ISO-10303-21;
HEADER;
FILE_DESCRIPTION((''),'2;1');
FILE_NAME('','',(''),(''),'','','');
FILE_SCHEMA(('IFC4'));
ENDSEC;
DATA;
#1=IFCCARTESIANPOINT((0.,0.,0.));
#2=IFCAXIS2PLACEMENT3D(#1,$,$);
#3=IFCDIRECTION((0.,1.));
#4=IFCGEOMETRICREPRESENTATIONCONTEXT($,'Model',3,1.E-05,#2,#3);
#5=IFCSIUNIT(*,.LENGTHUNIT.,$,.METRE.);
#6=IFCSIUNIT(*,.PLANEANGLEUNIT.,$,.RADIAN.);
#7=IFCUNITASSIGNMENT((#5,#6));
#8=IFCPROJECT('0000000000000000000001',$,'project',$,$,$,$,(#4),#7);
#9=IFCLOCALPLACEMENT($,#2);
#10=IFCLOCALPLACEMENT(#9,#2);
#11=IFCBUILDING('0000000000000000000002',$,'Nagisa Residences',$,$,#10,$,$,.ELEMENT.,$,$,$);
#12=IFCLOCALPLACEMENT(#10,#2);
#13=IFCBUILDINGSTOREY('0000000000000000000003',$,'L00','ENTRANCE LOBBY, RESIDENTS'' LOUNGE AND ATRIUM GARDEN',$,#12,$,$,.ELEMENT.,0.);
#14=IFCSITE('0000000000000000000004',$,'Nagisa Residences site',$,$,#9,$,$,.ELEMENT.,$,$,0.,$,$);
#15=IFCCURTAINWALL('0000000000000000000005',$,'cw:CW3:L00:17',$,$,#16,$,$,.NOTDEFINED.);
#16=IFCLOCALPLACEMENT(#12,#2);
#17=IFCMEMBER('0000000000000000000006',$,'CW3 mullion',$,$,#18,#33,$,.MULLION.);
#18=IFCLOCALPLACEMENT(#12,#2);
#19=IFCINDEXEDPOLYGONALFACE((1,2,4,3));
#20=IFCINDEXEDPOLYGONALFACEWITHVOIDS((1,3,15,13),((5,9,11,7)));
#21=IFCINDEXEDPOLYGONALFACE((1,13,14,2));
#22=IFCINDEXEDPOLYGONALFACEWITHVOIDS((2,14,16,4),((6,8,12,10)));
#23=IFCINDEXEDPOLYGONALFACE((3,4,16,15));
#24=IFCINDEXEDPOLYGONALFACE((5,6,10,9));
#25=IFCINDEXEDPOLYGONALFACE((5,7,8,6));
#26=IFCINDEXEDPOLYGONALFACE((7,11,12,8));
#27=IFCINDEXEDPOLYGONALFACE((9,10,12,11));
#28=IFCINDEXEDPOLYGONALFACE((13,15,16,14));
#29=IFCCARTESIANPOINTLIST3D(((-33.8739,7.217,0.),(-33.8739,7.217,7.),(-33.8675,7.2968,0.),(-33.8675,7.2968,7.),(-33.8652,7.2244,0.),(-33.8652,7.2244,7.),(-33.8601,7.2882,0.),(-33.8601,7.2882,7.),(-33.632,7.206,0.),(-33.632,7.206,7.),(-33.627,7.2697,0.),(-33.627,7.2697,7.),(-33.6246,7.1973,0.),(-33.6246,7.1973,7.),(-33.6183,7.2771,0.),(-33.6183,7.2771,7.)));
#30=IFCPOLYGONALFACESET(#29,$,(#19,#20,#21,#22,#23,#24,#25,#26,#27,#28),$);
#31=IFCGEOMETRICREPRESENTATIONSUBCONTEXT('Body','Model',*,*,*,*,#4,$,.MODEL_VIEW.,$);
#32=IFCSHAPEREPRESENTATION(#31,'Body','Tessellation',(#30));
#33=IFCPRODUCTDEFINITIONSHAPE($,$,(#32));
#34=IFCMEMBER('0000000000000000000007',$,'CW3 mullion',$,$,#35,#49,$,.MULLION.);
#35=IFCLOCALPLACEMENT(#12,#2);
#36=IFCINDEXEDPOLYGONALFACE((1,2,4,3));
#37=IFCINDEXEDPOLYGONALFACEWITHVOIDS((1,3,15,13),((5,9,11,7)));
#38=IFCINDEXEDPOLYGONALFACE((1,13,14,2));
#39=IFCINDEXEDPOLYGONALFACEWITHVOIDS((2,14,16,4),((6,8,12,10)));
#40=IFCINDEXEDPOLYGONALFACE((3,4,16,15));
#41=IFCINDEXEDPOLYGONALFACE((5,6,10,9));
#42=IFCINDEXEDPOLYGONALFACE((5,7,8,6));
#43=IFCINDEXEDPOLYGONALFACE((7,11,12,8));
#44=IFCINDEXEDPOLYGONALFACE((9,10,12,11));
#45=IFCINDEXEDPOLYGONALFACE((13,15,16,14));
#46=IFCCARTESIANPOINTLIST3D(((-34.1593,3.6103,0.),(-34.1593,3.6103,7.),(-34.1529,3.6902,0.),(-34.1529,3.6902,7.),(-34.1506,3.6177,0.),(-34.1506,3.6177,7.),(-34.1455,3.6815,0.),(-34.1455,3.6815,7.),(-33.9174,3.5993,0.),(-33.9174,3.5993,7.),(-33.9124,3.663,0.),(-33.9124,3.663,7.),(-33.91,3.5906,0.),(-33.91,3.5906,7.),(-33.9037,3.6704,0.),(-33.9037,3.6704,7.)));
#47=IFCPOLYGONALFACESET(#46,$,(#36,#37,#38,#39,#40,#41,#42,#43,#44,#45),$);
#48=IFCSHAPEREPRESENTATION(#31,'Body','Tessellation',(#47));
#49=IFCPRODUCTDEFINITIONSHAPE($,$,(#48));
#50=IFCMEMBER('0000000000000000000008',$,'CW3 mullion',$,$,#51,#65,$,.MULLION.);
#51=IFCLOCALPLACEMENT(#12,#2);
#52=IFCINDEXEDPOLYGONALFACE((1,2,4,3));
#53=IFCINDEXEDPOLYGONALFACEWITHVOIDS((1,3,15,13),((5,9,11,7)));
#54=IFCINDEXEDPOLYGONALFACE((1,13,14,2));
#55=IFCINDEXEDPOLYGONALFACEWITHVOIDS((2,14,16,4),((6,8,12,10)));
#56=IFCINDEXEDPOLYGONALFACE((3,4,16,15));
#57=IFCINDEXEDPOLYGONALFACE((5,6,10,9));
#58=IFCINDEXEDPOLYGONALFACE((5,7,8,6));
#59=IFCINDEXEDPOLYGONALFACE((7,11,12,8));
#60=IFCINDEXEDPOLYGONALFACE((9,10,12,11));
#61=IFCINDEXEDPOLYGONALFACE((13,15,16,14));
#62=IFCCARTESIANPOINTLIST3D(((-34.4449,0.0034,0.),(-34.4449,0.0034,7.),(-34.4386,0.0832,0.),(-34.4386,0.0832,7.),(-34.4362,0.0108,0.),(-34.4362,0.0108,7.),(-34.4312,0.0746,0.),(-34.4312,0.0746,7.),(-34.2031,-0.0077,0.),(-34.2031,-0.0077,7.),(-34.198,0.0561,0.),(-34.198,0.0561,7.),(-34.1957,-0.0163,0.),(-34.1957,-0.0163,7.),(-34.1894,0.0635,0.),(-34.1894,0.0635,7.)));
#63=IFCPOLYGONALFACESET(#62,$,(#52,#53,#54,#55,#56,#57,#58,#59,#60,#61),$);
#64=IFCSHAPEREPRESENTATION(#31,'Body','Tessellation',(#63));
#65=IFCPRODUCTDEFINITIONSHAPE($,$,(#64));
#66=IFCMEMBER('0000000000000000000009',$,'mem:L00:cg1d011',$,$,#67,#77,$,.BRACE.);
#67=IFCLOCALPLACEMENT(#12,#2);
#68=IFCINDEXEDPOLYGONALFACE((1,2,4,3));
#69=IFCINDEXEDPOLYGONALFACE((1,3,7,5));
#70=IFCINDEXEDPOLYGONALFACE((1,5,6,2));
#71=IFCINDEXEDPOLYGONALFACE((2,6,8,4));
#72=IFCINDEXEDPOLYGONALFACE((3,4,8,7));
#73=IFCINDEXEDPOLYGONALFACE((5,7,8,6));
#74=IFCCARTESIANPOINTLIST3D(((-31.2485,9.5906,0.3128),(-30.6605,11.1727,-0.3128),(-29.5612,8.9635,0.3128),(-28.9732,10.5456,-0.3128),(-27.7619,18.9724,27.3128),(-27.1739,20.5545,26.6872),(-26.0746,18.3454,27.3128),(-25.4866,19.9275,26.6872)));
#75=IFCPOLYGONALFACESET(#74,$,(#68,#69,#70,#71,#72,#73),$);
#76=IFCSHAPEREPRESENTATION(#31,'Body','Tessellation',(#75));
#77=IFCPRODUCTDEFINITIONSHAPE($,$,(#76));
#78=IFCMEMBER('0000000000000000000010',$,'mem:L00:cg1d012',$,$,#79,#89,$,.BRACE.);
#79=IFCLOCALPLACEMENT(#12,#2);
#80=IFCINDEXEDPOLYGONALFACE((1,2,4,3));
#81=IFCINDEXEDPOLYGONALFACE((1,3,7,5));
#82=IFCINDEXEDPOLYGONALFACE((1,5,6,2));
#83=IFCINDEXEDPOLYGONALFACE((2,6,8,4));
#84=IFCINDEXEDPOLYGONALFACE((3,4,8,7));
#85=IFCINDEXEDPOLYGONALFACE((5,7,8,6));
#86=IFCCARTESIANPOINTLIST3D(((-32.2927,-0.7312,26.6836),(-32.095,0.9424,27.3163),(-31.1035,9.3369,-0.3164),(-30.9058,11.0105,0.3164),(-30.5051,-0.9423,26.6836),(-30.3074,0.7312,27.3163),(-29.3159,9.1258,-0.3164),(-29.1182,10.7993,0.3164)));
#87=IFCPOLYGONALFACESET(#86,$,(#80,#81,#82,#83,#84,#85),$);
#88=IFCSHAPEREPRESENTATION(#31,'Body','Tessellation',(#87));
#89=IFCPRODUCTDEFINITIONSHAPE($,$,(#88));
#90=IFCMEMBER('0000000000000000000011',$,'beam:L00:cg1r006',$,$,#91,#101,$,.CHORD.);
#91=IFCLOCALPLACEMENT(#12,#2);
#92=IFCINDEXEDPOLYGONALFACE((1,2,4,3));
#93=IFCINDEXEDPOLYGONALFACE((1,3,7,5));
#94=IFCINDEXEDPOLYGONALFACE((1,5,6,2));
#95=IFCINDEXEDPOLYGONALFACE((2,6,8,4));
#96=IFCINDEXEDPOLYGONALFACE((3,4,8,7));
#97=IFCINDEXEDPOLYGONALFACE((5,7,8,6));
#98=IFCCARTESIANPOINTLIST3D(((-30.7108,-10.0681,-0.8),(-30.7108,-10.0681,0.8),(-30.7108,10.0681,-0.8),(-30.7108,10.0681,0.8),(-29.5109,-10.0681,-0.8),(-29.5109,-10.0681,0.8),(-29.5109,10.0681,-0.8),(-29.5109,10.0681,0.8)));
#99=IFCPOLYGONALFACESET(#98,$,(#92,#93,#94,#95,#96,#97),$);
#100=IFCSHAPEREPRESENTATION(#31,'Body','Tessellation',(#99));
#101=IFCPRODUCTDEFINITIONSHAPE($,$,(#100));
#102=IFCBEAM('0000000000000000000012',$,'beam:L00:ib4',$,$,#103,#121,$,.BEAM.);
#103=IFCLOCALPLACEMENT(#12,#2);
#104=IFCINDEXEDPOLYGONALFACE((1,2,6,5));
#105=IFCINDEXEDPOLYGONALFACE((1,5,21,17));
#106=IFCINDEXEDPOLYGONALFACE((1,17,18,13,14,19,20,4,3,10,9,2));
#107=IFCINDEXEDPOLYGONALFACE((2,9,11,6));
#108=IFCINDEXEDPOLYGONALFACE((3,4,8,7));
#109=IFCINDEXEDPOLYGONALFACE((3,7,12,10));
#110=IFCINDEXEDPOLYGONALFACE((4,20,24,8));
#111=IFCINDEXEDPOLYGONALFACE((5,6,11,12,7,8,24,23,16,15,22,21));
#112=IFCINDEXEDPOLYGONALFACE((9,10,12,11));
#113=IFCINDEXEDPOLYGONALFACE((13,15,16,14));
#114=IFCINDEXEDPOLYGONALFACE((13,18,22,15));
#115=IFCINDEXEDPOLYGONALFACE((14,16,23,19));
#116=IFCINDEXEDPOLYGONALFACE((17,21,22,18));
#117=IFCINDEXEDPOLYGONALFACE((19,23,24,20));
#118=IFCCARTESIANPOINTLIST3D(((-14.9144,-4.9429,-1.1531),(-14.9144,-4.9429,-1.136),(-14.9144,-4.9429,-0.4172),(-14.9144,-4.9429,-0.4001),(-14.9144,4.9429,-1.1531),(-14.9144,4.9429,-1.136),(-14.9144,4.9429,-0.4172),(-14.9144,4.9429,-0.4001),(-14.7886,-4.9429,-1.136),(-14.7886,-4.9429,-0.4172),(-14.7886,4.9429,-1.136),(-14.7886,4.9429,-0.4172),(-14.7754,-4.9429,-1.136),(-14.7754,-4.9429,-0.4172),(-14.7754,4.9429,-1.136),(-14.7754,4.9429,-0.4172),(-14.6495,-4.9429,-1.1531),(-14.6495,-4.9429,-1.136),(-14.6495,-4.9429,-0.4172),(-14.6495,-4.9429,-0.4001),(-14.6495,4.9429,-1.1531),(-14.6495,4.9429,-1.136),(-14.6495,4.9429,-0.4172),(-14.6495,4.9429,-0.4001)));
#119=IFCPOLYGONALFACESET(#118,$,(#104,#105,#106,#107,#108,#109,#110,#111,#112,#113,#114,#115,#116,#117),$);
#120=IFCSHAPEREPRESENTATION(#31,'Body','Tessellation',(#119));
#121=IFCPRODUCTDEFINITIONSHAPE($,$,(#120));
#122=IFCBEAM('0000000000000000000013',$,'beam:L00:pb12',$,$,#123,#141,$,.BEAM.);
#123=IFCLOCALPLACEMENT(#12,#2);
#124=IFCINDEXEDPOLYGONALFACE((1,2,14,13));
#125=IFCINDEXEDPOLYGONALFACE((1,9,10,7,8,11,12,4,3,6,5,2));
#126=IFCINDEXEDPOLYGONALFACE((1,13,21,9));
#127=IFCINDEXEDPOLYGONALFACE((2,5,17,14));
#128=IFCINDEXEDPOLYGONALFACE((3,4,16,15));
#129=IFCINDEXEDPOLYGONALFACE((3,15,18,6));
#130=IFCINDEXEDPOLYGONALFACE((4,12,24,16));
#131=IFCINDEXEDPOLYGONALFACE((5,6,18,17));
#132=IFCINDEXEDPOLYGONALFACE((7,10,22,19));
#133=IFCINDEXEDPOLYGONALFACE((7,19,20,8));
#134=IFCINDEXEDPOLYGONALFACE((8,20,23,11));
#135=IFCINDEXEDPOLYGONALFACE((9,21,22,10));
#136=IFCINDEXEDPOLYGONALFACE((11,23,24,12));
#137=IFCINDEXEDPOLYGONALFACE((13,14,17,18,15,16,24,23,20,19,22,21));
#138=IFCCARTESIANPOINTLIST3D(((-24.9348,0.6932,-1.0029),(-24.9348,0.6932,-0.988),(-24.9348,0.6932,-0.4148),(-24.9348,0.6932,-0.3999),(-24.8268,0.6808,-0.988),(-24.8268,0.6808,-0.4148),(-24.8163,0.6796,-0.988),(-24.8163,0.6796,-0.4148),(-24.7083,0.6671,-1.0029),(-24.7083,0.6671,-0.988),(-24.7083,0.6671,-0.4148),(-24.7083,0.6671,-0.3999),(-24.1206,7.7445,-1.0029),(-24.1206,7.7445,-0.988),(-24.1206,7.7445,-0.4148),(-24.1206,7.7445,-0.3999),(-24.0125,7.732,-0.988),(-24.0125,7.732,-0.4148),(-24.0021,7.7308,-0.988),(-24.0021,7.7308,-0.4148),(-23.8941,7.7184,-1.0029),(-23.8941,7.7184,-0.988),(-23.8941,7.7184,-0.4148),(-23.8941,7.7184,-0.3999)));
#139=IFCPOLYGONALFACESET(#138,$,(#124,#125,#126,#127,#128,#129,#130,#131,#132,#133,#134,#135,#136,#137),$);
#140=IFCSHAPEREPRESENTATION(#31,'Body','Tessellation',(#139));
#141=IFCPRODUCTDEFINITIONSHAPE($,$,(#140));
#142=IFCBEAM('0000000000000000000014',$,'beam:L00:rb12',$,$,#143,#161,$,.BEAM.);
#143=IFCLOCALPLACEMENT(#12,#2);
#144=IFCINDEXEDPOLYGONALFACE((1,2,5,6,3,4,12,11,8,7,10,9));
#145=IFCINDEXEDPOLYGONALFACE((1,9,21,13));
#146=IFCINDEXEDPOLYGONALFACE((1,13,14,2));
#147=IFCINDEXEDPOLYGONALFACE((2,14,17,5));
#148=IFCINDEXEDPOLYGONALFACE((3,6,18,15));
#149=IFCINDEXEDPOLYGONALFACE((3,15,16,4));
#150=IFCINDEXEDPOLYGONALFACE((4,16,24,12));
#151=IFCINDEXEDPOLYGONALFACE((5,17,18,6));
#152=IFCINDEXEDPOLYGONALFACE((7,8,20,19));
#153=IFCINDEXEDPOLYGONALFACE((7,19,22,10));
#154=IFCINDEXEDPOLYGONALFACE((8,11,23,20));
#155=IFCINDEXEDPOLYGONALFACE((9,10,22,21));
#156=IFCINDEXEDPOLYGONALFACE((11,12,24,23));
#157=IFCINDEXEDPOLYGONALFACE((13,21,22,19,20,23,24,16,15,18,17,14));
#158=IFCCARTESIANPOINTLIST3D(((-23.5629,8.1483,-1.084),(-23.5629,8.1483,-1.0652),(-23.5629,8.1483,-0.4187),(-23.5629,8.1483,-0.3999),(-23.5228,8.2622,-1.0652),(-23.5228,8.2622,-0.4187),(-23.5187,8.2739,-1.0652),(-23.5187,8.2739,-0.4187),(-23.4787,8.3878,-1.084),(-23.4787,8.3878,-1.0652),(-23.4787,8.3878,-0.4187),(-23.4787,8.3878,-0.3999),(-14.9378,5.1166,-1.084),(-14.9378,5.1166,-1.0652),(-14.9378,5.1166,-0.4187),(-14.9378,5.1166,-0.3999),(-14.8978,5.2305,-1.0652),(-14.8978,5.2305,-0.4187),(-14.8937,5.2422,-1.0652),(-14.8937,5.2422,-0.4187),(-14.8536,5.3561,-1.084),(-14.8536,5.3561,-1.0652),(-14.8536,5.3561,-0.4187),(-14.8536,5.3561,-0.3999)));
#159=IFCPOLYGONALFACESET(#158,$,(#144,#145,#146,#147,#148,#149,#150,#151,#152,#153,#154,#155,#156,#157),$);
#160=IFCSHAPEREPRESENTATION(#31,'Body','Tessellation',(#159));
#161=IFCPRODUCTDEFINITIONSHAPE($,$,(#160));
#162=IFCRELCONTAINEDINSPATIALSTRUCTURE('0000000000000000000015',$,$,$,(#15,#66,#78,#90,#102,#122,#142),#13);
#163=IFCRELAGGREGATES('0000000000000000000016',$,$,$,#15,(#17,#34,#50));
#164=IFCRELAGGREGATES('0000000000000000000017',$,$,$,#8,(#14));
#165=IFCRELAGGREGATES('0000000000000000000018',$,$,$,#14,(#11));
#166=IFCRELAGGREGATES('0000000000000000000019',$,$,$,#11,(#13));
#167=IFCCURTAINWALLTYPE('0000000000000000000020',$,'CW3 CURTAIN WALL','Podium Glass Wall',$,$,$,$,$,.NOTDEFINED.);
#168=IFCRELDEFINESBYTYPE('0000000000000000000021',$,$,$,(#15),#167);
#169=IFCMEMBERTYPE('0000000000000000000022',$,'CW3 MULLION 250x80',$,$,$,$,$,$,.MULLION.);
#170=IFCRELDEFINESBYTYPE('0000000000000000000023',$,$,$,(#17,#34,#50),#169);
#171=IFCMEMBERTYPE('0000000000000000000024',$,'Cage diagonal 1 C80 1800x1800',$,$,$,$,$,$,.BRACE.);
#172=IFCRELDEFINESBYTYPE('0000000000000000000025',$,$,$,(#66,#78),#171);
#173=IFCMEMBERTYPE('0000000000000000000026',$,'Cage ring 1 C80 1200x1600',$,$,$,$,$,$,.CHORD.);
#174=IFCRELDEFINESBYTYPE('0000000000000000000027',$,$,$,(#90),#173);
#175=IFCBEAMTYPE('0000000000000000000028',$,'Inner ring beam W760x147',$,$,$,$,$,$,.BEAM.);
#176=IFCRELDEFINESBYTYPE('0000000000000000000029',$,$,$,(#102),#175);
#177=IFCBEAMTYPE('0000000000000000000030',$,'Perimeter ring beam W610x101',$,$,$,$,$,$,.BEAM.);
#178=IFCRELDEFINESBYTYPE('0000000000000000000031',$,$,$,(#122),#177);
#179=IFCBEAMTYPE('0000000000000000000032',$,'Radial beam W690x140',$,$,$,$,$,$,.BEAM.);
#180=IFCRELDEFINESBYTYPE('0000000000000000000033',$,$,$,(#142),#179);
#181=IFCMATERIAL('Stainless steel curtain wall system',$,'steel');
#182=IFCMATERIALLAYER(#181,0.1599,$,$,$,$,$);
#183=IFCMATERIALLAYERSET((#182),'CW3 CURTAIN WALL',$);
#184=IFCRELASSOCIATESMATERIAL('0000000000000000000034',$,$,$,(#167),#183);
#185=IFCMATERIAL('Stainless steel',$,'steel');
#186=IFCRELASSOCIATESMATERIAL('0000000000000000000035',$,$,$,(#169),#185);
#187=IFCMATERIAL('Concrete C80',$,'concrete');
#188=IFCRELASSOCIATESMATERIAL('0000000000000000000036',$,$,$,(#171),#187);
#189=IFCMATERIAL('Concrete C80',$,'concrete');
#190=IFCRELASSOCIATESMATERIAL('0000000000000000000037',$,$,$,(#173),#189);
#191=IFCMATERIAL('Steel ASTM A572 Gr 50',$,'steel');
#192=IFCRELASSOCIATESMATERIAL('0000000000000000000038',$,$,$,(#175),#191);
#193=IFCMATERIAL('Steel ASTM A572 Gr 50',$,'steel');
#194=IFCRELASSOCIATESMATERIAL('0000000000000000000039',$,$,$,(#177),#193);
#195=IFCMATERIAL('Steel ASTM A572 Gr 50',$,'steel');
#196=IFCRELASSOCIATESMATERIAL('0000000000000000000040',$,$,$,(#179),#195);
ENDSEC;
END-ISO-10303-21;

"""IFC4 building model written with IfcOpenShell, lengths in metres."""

from ifc_helpers import new_model, si_unit, direction, frame, origin, origin_2d, place, context, subcontext, project, spatial, rectangle, hollow_rectangle, i_section, extrude, material, layer, layer_set, material_profile, profile_set, type_object, element, aggregate, save


model = new_model("IFC4")

# Units and contexts
model_context = context("Model", 3, precision=1e-05, world=origin(), true_north=direction((0.0, 1.0)))
body_context = subcontext(model_context, "Body", "Model", "MODEL_VIEW")
ifc_project = project(units=[si_unit("LENGTHUNIT", "METRE"), si_unit("PLANEANGLEUNIT", "RADIAN")], contexts=[model_context])

# Site, building, storey
site_placement = place(None, origin())
site = spatial("IfcSite", under=ifc_project, at=site_placement, Name="Nagisa Residences site", CompositionType="ELEMENT", RefElevation=0.0)
building_placement = place(site_placement, origin())
building = spatial("IfcBuilding", under=site, at=building_placement, Name="Nagisa Residences", CompositionType="ELEMENT")
storey_placement = place(building_placement, origin())
storey = spatial("IfcBuildingStorey", under=building, at=storey_placement, Name="L00", Description="ENTRANCE LOBBY, RESIDENTS' LOUNGE AND ATRIUM GARDEN", CompositionType="ELEMENT", Elevation=0.0)

# Curtain wall, members
ifc_material_1 = material(Name="Stainless steel curtain wall system", Category="steel")
ifc_layer_1 = layer(ifc_material_1, 0.1599)
ifc_layer_set_1 = layer_set([ifc_layer_1], Name="CW3 CURTAIN WALL")
curtain_wall_type = type_object("IfcCurtainWallType", Name="CW3 CURTAIN WALL", Description="Podium Glass Wall", PredefinedType="NOTDEFINED", material=ifc_layer_set_1)
ifc_material_2 = material(Name="Stainless steel", Category="steel")
ifc_material_profile_1 = material_profile(ifc_material_2, hollow_rectangle(XDim=0.25, YDim=0.0801, WallThickness=0.0081, at=origin_2d()), Name="CW3 MULLION 250x80")
ifc_profile_set_1 = profile_set([ifc_material_profile_1], Name="Stainless steel")
member_type_1 = type_object("IfcMemberType", Name="CW3 MULLION 250x80", PredefinedType="MULLION", material=ifc_profile_set_1)
curtain_wall_1_placement = place(storey_placement, origin())
curtain_wall_1 = element("IfcCurtainWall", 1, at=curtain_wall_1_placement, inside=storey, type_object=curtain_wall_type, Name="cw:CW3:L00:17", PredefinedType="NOTDEFINED")
member_1_placement = place(storey_placement, frame((-33.7461, 7.2471, 0.0), z_axis=(0.0, 0.0, 1.0), x_axis=(0.996882, -0.07891, 0.0)))
member_1 = element("IfcMember", 2, at=member_1_placement, type_object=member_type_1, Name="CW3 mullion", PredefinedType="MULLION", context=body_context, shape_type="SweptSolid", body=[
    extrude(hollow_rectangle(XDim=0.25, YDim=0.0801, WallThickness=0.0081, at=origin_2d()), origin(), (0.0, 0.0, 1.0), 7.0),
])
member_2_placement = place(storey_placement, frame((-34.0315, 3.6404, 0.0), z_axis=(0.0, 0.0, 1.0), x_axis=(0.996882, -0.07891, 0.0)))
member_2 = element("IfcMember", 3, at=member_2_placement, type_object=member_type_1, Name="CW3 mullion", PredefinedType="MULLION", context=body_context, shape_type="SweptSolid", body=[
    extrude(hollow_rectangle(XDim=0.25, YDim=0.0801, WallThickness=0.0081, at=origin_2d()), origin(), (0.0, 0.0, 1.0), 7.0),
])
member_3_placement = place(storey_placement, frame((-34.3171, 0.0334, 0.0), z_axis=(0.0, 0.0, 1.0), x_axis=(0.996882, -0.07891, 0.0)))
member_3 = element("IfcMember", 4, at=member_3_placement, type_object=member_type_1, Name="CW3 mullion", PredefinedType="MULLION", context=body_context, shape_type="SweptSolid", body=[
    extrude(hollow_rectangle(XDim=0.25, YDim=0.0801, WallThickness=0.0081, at=origin_2d()), origin(), (0.0, 0.0, 1.0), 7.0),
])
aggregate(curtain_wall_1, [member_1, member_2, member_3])

# Members
ifc_material_3 = material(Name="Concrete C80", Category="concrete")
ifc_material_profile_2 = material_profile(ifc_material_3, rectangle(XDim=1.8, YDim=1.8, at=origin_2d()), Name="C80 1800x1800")
ifc_profile_set_2 = profile_set([ifc_material_profile_2], Name="Concrete C80")
member_type_2 = type_object("IfcMemberType", Name="Cage diagonal 1 C80 1800x1800", PredefinedType="BRACE", material=ifc_profile_set_2)
member_4_placement = place(storey_placement, frame((-30.1108, 10.0681, 0.0), z_axis=(0.121081, 0.32581, 0.93765), x_axis=(-0.937364, 0.348352, 0.0)))
element("IfcMember", 5, at=member_4_placement, inside=storey, type_object=member_type_2, Name="mem:L00:cg1d011", PredefinedType="BRACE", context=body_context, shape_type="SweptSolid", body=[
    extrude(rectangle(XDim=1.8, YDim=1.8, at=origin_2d()), origin(), (0.0, 0.0, 1.0), 28.7954),
])
member_5_placement = place(storey_placement, frame((-30.1108, 10.0681, 0.0), z_axis=(-0.041234, -0.349095, 0.93618), x_axis=(0.993096, -0.117301, 0.0)))
element("IfcMember", 6, at=member_5_placement, inside=storey, type_object=member_type_2, Name="mem:L00:cg1d012", PredefinedType="BRACE", context=body_context, shape_type="SweptSolid", body=[
    extrude(rectangle(XDim=1.8, YDim=1.8, at=origin_2d()), origin(), (0.0, 0.0, 1.0), 28.8406),
])
ifc_material_4 = material(Name="Concrete C80", Category="concrete")
ifc_material_profile_3 = material_profile(ifc_material_4, rectangle(XDim=1.2, YDim=1.6001, at=origin_2d()), Name="C80 1200x1600")
ifc_profile_set_3 = profile_set([ifc_material_profile_3], Name="Concrete C80")
member_type_3 = type_object("IfcMemberType", Name="Cage ring 1 C80 1200x1600", PredefinedType="CHORD", material=ifc_profile_set_3)
member_6_placement = place(storey_placement, frame((-30.1108, 10.0681, 0.0), z_axis=(0.0, -1.0, 0.0), x_axis=(1.0, 0.0, 0.0)))
element("IfcMember", 7, at=member_6_placement, inside=storey, type_object=member_type_3, Name="beam:L00:cg1r006", PredefinedType="CHORD", context=body_context, shape_type="SweptSolid", body=[
    extrude(rectangle(XDim=1.2, YDim=1.6001, at=origin_2d()), origin(), (0.0, 0.0, 1.0), 20.1362),
])

# Beams
ifc_material_5 = material(Name="Steel ASTM A572 Gr 50", Category="steel")
ifc_material_profile_4 = material_profile(ifc_material_5, i_section(OverallWidth=0.2649, OverallDepth=0.7529, WebThickness=0.0132, FlangeThickness=0.0171, at=origin_2d()), Name="W760x147")
ifc_profile_set_4 = profile_set([ifc_material_profile_4], Name="Steel ASTM A572 Gr 50")
beam_type_1 = type_object("IfcBeamType", Name="Inner ring beam W760x147", PredefinedType="BEAM", material=ifc_profile_set_4)
beam_1_placement = place(storey_placement, frame((-14.782, 4.9429, -0.7766), z_axis=(0.0, -1.0, 0.0), x_axis=(1.0, 0.0, 0.0)))
element("IfcBeam", 8, at=beam_1_placement, inside=storey, type_object=beam_type_1, Name="beam:L00:ib4", PredefinedType="BEAM", context=body_context, shape_type="SweptSolid", body=[
    extrude(i_section(OverallWidth=0.2649, OverallDepth=0.7529, WebThickness=0.0132, FlangeThickness=0.0171, at=origin_2d()), origin(), (0.0, 0.0, 1.0), 9.8857),
])
ifc_material_6 = material(Name="Steel ASTM A572 Gr 50", Category="steel")
ifc_material_profile_5 = material_profile(ifc_material_6, i_section(OverallWidth=0.228, OverallDepth=0.603, WebThickness=0.0105, FlangeThickness=0.0149, at=origin_2d()), Name="W610x101")
ifc_profile_set_5 = profile_set([ifc_material_profile_5], Name="Steel ASTM A572 Gr 50")
beam_type_2 = type_object("IfcBeamType", Name="Perimeter ring beam W610x101", PredefinedType="BEAM", material=ifc_profile_set_5)
beam_2_placement = place(storey_placement, frame((-24.0073, 7.7314, -0.7014), z_axis=(-0.114708, -0.993399, 0.0), x_axis=(0.993399, -0.114708, 0.0)))
element("IfcBeam", 9, at=beam_2_placement, inside=storey, type_object=beam_type_2, Name="beam:L00:pb12", PredefinedType="BEAM", context=body_context, shape_type="SweptSolid", body=[
    extrude(i_section(OverallWidth=0.228, OverallDepth=0.603, WebThickness=0.0105, FlangeThickness=0.0149, at=origin_2d()), origin(), (0.0, 0.0, 1.0), 7.0981),
])
ifc_material_7 = material(Name="Steel ASTM A572 Gr 50", Category="steel")
ifc_material_profile_6 = material_profile(ifc_material_7, i_section(OverallWidth=0.2539, OverallDepth=0.6841, WebThickness=0.0125, FlangeThickness=0.0188, at=origin_2d()), Name="W690x140")
ifc_profile_set_6 = profile_set([ifc_material_profile_6], Name="Steel ASTM A572 Gr 50")
beam_type_3 = type_object("IfcBeamType", Name="Radial beam W690x140", PredefinedType="BEAM", material=ifc_profile_set_6)
beam_3_placement = place(storey_placement, frame((-23.5208, 8.2681, -0.7419), z_axis=(0.943415, -0.331616, 0.0), x_axis=(0.331616, 0.943415, 0.0)))
element("IfcBeam", 10, at=beam_3_placement, inside=storey, type_object=beam_type_3, Name="beam:L00:rb12", PredefinedType="BEAM", context=body_context, shape_type="SweptSolid", body=[
    extrude(i_section(OverallWidth=0.2539, OverallDepth=0.6841, WebThickness=0.0125, FlangeThickness=0.0188, at=origin_2d()), origin(), (0.0, 0.0, 1.0), 9.1423),
])

save(model, "model.ifc")
